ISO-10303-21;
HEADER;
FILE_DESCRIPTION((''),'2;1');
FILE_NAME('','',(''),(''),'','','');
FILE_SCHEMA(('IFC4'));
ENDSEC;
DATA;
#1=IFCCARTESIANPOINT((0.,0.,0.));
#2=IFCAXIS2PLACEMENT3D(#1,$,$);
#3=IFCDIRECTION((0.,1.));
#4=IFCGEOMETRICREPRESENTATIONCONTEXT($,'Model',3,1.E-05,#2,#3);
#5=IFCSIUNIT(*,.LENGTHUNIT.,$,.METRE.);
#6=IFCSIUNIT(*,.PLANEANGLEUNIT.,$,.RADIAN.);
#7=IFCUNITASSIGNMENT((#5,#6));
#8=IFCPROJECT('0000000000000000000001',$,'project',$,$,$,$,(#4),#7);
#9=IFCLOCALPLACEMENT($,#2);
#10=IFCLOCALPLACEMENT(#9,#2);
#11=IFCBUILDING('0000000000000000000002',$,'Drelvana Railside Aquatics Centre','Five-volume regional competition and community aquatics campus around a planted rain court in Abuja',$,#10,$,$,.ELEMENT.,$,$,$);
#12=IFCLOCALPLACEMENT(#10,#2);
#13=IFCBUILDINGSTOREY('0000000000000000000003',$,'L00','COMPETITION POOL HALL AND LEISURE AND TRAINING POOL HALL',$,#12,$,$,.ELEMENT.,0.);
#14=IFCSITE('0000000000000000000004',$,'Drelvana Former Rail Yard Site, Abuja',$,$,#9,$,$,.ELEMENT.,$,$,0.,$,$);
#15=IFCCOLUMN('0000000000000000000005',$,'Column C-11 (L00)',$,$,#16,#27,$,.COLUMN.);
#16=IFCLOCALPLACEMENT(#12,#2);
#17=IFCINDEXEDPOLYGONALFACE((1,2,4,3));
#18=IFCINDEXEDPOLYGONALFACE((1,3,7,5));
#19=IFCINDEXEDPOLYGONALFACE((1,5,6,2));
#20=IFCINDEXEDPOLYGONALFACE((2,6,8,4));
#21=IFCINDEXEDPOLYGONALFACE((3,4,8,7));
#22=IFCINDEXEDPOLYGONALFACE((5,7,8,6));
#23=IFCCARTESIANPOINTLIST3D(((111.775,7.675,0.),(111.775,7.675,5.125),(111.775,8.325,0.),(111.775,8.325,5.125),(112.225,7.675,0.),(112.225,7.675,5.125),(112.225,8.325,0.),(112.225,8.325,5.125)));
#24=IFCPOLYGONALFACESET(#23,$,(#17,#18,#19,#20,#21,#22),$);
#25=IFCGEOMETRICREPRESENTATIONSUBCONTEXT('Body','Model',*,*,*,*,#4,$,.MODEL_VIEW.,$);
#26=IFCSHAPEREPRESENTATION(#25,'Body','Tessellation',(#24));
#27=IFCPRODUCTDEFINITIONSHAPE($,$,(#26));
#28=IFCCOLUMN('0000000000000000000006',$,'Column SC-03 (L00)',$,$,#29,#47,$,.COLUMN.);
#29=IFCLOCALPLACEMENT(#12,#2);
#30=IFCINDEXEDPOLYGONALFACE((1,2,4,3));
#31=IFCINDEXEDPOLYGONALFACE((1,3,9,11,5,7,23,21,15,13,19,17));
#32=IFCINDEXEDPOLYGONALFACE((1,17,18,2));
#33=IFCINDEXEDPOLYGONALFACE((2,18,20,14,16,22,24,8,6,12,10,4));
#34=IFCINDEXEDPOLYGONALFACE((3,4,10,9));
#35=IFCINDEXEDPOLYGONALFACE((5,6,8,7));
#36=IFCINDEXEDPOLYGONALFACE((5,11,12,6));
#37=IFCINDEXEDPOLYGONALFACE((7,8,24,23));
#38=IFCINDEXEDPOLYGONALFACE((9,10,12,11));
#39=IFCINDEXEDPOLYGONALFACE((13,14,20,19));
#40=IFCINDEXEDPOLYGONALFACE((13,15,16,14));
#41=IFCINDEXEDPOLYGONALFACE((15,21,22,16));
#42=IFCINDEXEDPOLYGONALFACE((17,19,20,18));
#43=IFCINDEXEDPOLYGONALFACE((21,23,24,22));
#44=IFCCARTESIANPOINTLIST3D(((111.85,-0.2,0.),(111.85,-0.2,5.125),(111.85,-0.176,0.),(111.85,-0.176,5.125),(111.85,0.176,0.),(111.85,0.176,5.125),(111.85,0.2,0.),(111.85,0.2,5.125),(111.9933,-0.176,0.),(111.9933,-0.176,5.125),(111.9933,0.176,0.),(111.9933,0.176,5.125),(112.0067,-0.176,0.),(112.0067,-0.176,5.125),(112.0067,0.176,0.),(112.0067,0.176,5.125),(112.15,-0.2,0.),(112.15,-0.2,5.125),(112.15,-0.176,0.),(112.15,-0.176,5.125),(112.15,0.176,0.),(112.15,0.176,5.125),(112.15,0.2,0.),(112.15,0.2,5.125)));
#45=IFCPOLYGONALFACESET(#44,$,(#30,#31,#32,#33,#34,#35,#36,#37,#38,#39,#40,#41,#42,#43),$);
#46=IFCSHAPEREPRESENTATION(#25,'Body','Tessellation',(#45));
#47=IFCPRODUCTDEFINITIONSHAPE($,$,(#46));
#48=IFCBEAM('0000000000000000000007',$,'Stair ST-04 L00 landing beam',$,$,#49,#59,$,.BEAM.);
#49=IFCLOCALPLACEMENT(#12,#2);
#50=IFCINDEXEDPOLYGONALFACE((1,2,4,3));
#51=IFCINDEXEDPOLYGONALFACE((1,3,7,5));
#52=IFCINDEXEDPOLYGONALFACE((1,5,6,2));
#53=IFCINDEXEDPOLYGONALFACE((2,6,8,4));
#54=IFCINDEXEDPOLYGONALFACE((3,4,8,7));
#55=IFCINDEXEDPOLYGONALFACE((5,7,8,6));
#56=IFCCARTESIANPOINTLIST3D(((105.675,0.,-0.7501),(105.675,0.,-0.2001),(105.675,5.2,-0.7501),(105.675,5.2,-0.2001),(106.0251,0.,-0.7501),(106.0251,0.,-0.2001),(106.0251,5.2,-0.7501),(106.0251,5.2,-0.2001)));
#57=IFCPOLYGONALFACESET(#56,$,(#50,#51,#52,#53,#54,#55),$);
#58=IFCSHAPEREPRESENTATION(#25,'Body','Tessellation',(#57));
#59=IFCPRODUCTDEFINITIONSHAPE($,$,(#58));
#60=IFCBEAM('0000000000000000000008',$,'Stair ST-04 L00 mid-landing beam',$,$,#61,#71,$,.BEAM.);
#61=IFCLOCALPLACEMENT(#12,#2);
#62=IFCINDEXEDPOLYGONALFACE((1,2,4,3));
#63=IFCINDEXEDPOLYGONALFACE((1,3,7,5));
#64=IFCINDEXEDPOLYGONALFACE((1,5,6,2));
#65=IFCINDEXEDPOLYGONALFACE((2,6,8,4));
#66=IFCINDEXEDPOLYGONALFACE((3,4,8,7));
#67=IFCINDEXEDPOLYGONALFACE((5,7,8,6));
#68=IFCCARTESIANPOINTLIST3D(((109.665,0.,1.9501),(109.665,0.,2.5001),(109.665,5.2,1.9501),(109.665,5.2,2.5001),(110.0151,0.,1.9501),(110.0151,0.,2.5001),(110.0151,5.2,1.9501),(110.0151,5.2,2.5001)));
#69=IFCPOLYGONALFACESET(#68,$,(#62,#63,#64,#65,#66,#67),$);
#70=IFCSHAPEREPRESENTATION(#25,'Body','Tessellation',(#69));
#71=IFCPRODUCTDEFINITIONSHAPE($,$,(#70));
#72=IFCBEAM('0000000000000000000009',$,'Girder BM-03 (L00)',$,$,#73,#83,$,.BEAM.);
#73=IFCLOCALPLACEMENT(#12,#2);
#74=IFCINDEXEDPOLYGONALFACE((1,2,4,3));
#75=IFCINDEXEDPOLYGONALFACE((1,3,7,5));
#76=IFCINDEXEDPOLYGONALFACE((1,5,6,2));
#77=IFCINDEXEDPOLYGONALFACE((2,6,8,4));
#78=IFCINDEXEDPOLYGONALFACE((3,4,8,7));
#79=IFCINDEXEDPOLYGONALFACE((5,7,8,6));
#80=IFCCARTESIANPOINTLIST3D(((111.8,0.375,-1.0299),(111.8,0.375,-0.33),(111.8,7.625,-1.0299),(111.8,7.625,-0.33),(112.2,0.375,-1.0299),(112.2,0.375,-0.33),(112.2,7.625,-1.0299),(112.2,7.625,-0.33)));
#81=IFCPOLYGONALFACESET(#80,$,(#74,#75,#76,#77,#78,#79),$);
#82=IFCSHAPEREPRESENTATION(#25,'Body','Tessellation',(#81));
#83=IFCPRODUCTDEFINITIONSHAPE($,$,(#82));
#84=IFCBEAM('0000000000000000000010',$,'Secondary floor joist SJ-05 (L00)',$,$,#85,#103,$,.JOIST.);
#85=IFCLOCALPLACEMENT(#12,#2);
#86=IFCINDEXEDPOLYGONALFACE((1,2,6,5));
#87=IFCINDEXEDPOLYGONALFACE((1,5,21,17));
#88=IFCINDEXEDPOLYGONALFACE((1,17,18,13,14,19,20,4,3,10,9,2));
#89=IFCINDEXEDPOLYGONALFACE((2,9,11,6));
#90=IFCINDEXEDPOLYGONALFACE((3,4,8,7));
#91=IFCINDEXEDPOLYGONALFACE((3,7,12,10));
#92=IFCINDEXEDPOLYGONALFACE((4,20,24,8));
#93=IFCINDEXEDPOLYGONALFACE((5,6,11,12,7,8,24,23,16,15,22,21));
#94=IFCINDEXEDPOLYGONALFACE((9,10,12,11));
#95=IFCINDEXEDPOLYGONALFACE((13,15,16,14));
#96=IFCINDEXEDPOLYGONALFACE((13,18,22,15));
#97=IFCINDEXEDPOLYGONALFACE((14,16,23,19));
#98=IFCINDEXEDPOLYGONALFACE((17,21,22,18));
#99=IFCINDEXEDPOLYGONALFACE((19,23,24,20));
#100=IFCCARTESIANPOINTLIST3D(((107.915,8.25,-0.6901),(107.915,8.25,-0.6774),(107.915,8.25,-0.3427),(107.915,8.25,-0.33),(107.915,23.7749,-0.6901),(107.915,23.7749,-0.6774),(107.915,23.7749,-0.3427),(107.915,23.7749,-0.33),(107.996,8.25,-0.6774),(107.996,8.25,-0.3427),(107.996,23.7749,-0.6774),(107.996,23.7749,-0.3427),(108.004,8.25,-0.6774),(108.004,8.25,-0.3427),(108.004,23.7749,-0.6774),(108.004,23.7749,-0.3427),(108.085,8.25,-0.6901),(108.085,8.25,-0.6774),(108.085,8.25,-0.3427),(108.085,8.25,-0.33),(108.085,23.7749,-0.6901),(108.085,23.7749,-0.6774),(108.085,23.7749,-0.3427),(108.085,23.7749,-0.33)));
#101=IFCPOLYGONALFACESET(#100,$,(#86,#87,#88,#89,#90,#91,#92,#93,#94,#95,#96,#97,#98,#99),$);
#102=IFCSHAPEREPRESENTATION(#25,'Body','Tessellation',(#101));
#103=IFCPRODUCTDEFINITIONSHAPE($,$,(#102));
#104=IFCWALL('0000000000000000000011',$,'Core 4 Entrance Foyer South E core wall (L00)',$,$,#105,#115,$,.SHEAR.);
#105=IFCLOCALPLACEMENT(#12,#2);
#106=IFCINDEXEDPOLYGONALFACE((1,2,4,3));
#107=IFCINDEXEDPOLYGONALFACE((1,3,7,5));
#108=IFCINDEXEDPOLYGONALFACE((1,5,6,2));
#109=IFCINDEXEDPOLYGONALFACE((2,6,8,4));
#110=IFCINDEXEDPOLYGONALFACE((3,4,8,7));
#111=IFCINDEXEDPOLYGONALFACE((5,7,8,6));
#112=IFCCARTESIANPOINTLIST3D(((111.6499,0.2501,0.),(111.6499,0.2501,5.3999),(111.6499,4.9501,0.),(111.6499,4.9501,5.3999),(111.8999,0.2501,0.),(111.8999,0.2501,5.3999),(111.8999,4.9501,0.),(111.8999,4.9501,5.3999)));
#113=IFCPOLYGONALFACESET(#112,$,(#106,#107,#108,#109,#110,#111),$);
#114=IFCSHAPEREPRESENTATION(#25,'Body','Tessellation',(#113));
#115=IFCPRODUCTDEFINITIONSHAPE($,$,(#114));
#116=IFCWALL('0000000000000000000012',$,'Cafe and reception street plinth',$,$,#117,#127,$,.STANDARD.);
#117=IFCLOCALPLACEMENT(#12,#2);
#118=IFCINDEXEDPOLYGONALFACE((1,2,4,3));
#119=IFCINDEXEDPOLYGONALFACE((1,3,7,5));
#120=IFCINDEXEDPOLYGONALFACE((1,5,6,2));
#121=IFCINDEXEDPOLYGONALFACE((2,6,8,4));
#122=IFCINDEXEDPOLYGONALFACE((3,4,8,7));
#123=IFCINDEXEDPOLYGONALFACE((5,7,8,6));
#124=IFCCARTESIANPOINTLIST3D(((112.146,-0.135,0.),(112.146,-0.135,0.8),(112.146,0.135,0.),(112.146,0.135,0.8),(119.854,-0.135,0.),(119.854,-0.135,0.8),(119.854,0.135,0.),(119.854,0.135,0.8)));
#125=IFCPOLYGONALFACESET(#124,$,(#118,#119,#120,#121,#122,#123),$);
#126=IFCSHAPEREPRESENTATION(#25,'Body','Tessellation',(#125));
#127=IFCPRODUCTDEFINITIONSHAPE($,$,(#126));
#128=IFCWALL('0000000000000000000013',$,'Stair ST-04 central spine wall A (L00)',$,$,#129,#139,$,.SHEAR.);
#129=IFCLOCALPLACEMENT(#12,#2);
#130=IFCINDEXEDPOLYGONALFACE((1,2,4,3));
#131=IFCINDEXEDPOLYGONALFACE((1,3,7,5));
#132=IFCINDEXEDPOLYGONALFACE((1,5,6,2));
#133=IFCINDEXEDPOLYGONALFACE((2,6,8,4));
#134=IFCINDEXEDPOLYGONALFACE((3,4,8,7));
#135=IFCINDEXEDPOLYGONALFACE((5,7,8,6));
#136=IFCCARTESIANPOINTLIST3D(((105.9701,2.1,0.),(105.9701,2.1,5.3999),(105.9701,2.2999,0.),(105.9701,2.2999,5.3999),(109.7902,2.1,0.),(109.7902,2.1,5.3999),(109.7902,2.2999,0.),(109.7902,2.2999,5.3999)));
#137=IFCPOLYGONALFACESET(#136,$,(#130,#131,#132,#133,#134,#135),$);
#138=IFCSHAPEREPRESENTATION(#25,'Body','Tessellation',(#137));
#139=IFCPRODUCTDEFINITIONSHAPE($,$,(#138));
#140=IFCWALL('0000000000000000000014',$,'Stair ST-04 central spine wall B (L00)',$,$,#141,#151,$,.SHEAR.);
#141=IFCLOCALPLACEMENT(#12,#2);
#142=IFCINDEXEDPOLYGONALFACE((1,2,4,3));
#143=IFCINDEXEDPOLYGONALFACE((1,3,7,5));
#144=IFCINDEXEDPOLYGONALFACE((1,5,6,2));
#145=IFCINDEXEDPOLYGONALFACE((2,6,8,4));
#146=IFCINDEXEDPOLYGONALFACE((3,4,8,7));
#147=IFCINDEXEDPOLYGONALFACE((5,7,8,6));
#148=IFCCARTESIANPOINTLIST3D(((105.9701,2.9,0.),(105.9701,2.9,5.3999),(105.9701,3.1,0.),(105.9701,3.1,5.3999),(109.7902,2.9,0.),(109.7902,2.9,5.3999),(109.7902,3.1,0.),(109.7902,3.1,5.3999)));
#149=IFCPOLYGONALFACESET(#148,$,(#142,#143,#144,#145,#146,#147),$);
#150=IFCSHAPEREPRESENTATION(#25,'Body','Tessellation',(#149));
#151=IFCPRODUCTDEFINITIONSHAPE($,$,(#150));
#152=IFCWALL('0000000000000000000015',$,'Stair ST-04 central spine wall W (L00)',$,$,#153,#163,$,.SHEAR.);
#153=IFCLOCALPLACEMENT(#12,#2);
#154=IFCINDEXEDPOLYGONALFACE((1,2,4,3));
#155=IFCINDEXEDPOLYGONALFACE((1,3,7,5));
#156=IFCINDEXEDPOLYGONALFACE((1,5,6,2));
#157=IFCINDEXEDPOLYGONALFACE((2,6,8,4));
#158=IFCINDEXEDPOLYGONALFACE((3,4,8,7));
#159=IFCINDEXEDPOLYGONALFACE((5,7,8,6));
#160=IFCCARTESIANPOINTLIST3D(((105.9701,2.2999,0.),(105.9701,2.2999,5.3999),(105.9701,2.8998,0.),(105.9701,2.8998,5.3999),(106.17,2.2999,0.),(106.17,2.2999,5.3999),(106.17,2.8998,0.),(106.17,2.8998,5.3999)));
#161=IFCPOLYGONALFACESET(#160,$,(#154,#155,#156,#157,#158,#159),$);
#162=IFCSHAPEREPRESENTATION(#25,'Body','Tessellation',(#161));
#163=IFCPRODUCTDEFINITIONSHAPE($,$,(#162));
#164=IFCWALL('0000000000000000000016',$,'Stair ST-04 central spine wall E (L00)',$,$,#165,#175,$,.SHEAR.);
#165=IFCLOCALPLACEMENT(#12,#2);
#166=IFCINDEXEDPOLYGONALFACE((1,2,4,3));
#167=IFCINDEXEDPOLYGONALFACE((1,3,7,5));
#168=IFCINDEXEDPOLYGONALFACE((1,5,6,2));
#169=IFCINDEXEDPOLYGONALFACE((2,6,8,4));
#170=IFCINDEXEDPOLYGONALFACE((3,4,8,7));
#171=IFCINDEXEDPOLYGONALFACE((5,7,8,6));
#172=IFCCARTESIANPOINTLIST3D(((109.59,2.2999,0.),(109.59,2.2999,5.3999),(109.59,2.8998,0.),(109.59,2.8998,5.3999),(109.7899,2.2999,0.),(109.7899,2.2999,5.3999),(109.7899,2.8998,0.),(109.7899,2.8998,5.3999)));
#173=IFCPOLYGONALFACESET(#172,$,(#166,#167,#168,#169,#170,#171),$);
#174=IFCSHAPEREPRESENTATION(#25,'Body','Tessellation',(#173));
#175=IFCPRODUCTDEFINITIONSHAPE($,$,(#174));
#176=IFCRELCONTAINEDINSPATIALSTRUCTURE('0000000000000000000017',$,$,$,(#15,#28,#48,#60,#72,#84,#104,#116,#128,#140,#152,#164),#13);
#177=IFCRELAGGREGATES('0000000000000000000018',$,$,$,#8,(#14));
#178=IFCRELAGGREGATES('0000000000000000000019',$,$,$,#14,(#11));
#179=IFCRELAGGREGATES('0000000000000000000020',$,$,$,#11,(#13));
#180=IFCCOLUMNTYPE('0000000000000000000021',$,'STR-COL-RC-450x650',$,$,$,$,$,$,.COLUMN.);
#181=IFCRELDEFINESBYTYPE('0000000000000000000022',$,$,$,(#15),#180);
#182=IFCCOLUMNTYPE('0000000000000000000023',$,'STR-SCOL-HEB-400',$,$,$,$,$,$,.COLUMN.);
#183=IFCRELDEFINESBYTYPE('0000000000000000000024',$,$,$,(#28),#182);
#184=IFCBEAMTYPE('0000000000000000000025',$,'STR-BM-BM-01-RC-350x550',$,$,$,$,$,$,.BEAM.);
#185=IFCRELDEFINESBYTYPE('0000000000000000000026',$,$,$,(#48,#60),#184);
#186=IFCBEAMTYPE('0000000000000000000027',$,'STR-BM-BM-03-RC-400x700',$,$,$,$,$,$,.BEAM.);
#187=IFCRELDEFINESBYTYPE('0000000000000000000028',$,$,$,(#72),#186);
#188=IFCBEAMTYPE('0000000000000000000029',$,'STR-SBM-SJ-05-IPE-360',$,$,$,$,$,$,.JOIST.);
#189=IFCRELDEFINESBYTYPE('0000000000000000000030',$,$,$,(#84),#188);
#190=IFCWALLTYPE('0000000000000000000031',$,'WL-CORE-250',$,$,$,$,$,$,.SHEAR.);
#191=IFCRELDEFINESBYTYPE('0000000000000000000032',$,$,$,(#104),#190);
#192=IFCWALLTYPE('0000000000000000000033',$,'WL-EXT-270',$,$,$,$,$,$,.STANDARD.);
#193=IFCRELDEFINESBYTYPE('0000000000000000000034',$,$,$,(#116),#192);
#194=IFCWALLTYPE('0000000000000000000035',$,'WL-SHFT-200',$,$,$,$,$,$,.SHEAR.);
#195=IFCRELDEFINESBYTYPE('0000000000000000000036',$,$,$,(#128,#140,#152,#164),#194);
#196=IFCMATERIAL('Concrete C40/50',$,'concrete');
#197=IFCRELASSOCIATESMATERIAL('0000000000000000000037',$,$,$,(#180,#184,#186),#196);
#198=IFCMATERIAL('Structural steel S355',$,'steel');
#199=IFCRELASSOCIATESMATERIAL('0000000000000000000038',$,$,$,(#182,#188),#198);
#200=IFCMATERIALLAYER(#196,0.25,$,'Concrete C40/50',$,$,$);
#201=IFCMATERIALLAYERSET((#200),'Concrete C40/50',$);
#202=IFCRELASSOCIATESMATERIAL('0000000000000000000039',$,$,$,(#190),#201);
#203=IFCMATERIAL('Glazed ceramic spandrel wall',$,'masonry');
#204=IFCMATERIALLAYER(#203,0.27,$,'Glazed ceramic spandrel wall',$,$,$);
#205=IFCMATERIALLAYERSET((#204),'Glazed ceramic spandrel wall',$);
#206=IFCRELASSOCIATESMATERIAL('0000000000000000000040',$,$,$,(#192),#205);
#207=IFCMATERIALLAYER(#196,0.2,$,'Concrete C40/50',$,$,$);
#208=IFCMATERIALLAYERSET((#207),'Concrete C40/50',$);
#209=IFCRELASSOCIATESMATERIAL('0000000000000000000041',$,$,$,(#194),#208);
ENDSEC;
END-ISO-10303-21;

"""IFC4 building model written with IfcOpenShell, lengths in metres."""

from ifc_helpers import new_model, si_unit, direction, frame, frame_2d, origin, origin_2d, place, context, subcontext, project, spatial, rectangle, i_section, extrude, material, layer, layer_set, material_profile, profile_set, type_object, element, save


model = new_model("IFC4")

# Units and contexts
model_context = context("Model", 3, precision=1e-05, world=origin(), true_north=direction((0.0, 1.0)))
body_context = subcontext(model_context, "Body", "Model", "MODEL_VIEW")
ifc_project = project(units=[si_unit("LENGTHUNIT", "METRE"), si_unit("PLANEANGLEUNIT", "RADIAN")], contexts=[model_context])

# Site, building, storey
site_placement = place(None, origin())
site = spatial("IfcSite", under=ifc_project, at=site_placement, Name="Drelvana Former Rail Yard Site, Abuja", CompositionType="ELEMENT", RefElevation=0.0)
building_placement = place(site_placement, origin())
building = spatial("IfcBuilding", under=site, at=building_placement, Name="Drelvana Railside Aquatics Centre", Description="Five-volume regional competition and community aquatics campus around a planted rain court in Abuja", CompositionType="ELEMENT")
storey_placement = place(building_placement, origin())
storey = spatial("IfcBuildingStorey", under=building, at=storey_placement, Name="L00", Description="COMPETITION POOL HALL AND LEISURE AND TRAINING POOL HALL", CompositionType="ELEMENT", Elevation=0.0)

# Columns
ifc_material_1 = material(Name="Concrete C40/50", Category="concrete")
ifc_material_profile_1 = material_profile(ifc_material_1, rectangle(XDim=0.45, YDim=0.6499, at=origin_2d()), Name="RC 450x650")
ifc_profile_set_1 = profile_set([ifc_material_profile_1], Name="Concrete C40/50")
column_type_1 = type_object("IfcColumnType", Name="STR-COL-RC-450x650", PredefinedType="COLUMN", material=ifc_profile_set_1)
column_1_placement = place(storey_placement, frame((112.0, 8.0, 0.0), z_axis=(0.0, 0.0, 1.0), x_axis=(1.0, 0.0, 0.0)))
element("IfcColumn", 1, at=column_1_placement, inside=storey, type_object=column_type_1, Name="Column C-11 (L00)", PredefinedType="COLUMN", context=body_context, shape_type="SweptSolid", body=[
    extrude(rectangle(XDim=0.45, YDim=0.6499, at=origin_2d()), origin(), (0.0, 0.0, 1.0), 5.125),
])
ifc_material_2 = material(Name="Structural steel S355", Category="steel")
ifc_material_profile_2 = material_profile(ifc_material_2, i_section(OverallWidth=0.3, OverallDepth=0.3999, WebThickness=0.0134, FlangeThickness=0.0239, at=origin_2d()), Name="HEB 400")
ifc_profile_set_2 = profile_set([ifc_material_profile_2], Name="Structural steel S355")
column_type_2 = type_object("IfcColumnType", Name="STR-SCOL-HEB-400", PredefinedType="COLUMN", material=ifc_profile_set_2)
column_2_placement = place(storey_placement, frame((112.0, 0.0, 0.0), z_axis=(0.0, 0.0, 1.0), x_axis=(1.0, 0.0, 0.0)))
element("IfcColumn", 2, at=column_2_placement, inside=storey, type_object=column_type_2, Name="Column SC-03 (L00)", PredefinedType="COLUMN", context=body_context, shape_type="SweptSolid", body=[
    extrude(i_section(OverallWidth=0.3, OverallDepth=0.3999, WebThickness=0.0134, FlangeThickness=0.0239, at=origin_2d()), origin(), (0.0, 0.0, 1.0), 5.125),
])

# Beams
ifc_material_profile_3 = material_profile(ifc_material_1, rectangle(XDim=0.3501, YDim=0.55, at=origin_2d()), Name="RC 350x550")
ifc_profile_set_3 = profile_set([ifc_material_profile_3], Name="Concrete C40/50")
beam_type_1 = type_object("IfcBeamType", Name="STR-BM-BM-01-RC-350x550", PredefinedType="BEAM", material=ifc_profile_set_3)
for number, where, z_axis, x_axis, name in (
    (3, (105.8501, 0.0, -0.4751), (0.0, 1.0, 0.0), (-1.0, 0.0, 0.0), "Stair ST-04 L00 landing beam"),
    (4, (109.8401, 0.0, 2.2251), (0.0, 1.0, 0.0), (-1.0, 0.0, 0.0), "Stair ST-04 L00 mid-landing beam"),
):
    element("IfcBeam", number, at=place(storey_placement, frame(where, z_axis=z_axis, x_axis=x_axis)), inside=storey, type_object=beam_type_1, Name=name, PredefinedType="BEAM", context=body_context, shape_type="SweptSolid", body=[
        extrude(rectangle(XDim=0.3501, YDim=0.55, at=origin_2d()), origin(), (0.0, 0.0, 1.0), 5.2),
    ])
ifc_material_profile_4 = material_profile(ifc_material_1, rectangle(XDim=0.3999, YDim=0.7, at=origin_2d()), Name="RC 400x700")
ifc_profile_set_4 = profile_set([ifc_material_profile_4], Name="Concrete C40/50")
beam_type_2 = type_object("IfcBeamType", Name="STR-BM-BM-03-RC-400x700", PredefinedType="BEAM", material=ifc_profile_set_4)
beam_1_placement = place(storey_placement, frame((112.0, 0.375, -0.6799), z_axis=(0.0, 1.0, 0.0), x_axis=(-1.0, 0.0, 0.0)))
element("IfcBeam", 5, at=beam_1_placement, inside=storey, type_object=beam_type_2, Name="Girder BM-03 (L00)", PredefinedType="BEAM", context=body_context, shape_type="SweptSolid", body=[
    extrude(rectangle(XDim=0.3999, YDim=0.7, at=origin_2d()), origin(), (0.0, 0.0, 1.0), 7.25),
])
ifc_material_profile_5 = material_profile(ifc_material_2, i_section(OverallWidth=0.1699, OverallDepth=0.3601, WebThickness=0.0081, FlangeThickness=0.0127, at=origin_2d()), Name="IPE 360")
ifc_profile_set_5 = profile_set([ifc_material_profile_5], Name="Structural steel S355")
beam_type_3 = type_object("IfcBeamType", Name="STR-SBM-SJ-05-IPE-360", PredefinedType="JOIST", material=ifc_profile_set_5)
beam_2_placement = place(storey_placement, frame((108.0, 8.25, -0.51), z_axis=(0.0, 1.0, 0.0), x_axis=(-1.0, 0.0, 0.0)))
element("IfcBeam", 6, at=beam_2_placement, inside=storey, type_object=beam_type_3, Name="Secondary floor joist SJ-05 (L00)", PredefinedType="JOIST", context=body_context, shape_type="SweptSolid", body=[
    extrude(i_section(OverallWidth=0.1699, OverallDepth=0.3601, WebThickness=0.0081, FlangeThickness=0.0127, at=origin_2d()), origin(), (0.0, 0.0, 1.0), 15.5249),
])

# Walls
ifc_layer_1 = layer(ifc_material_1, 0.25, Name="Concrete C40/50")
ifc_layer_set_1 = layer_set([ifc_layer_1], Name="Concrete C40/50")
wall_type_1 = type_object("IfcWallType", Name="WL-CORE-250", PredefinedType="SHEAR", material=ifc_layer_set_1)
wall_1_placement = place(storey_placement, frame((111.7749, 0.25, 0.0), z_axis=(0.0, 0.0, 1.0), x_axis=(0.0, 1.0, 0.0)))
element("IfcWall", 7, at=wall_1_placement, inside=storey, type_object=wall_type_1, Name="Core 4 Entrance Foyer South E core wall (L00)", PredefinedType="SHEAR", context=body_context, shape_type="SweptSolid", body=[
    extrude(rectangle(XDim=4.7, YDim=0.25, at=frame_2d((2.3501, 0.0))), origin(), (0.0, 0.0, 1.0), 5.3999),
])
ifc_material_3 = material(Name="Glazed ceramic spandrel wall", Category="masonry")
ifc_layer_2 = layer(ifc_material_3, 0.27, Name="Glazed ceramic spandrel wall")
ifc_layer_set_2 = layer_set([ifc_layer_2], Name="Glazed ceramic spandrel wall")
wall_type_2 = type_object("IfcWallType", Name="WL-EXT-270", PredefinedType="STANDARD", material=ifc_layer_set_2)
wall_2_placement = place(storey_placement, frame((112.146, 0.0, 0.0), z_axis=(0.0, 0.0, 1.0), x_axis=(1.0, 0.0, 0.0)))
element("IfcWall", 8, at=wall_2_placement, inside=storey, type_object=wall_type_2, Name="Cafe and reception street plinth", PredefinedType="STANDARD", context=body_context, shape_type="SweptSolid", body=[
    extrude(rectangle(XDim=7.708, YDim=0.27, at=frame_2d((3.854, 0.0))), origin(), (0.0, 0.0, 1.0), 0.8),
])
ifc_layer_3 = layer(ifc_material_1, 0.2, Name="Concrete C40/50")
ifc_layer_set_3 = layer_set([ifc_layer_3], Name="Concrete C40/50")
wall_type_3 = type_object("IfcWallType", Name="WL-SHFT-200", PredefinedType="SHEAR", material=ifc_layer_set_3)
for number, where, z_axis, x_axis, name in (
    (9, (105.97, 2.2, 0.0), (0.0, 0.0, 1.0), (1.0, 0.0, 0.0), "Stair ST-04 central spine wall A (L00)"),
    (10, (105.97, 3.0, 0.0), (0.0, 0.0, 1.0), (1.0, 0.0, 0.0), "Stair ST-04 central spine wall B (L00)"),
):
    element("IfcWall", number, at=place(storey_placement, frame(where, z_axis=z_axis, x_axis=x_axis)), inside=storey, type_object=wall_type_3, Name=name, PredefinedType="SHEAR", context=body_context, shape_type="SweptSolid", body=[
        extrude(rectangle(XDim=3.8201, YDim=0.2, at=frame_2d((1.9102, 0.0))), origin(), (0.0, 0.0, 1.0), 5.3999),
    ])
for number, where, z_axis, x_axis, name in (
    (11, (106.0701, 2.3, 0.0), (0.0, 0.0, 1.0), (0.0, 1.0, 0.0), "Stair ST-04 central spine wall W (L00)"),
    (12, (109.6899, 2.3, 0.0), (0.0, 0.0, 1.0), (0.0, 1.0, 0.0), "Stair ST-04 central spine wall E (L00)"),
):
    element("IfcWall", number, at=place(storey_placement, frame(where, z_axis=z_axis, x_axis=x_axis)), inside=storey, type_object=wall_type_3, Name=name, PredefinedType="SHEAR", context=body_context, shape_type="SweptSolid", body=[
        extrude(rectangle(XDim=0.5999, YDim=0.2, at=frame_2d((0.2998, 0.0))), origin(), (0.0, 0.0, 1.0), 5.3999),
    ])

save(model, "model.ifc")
